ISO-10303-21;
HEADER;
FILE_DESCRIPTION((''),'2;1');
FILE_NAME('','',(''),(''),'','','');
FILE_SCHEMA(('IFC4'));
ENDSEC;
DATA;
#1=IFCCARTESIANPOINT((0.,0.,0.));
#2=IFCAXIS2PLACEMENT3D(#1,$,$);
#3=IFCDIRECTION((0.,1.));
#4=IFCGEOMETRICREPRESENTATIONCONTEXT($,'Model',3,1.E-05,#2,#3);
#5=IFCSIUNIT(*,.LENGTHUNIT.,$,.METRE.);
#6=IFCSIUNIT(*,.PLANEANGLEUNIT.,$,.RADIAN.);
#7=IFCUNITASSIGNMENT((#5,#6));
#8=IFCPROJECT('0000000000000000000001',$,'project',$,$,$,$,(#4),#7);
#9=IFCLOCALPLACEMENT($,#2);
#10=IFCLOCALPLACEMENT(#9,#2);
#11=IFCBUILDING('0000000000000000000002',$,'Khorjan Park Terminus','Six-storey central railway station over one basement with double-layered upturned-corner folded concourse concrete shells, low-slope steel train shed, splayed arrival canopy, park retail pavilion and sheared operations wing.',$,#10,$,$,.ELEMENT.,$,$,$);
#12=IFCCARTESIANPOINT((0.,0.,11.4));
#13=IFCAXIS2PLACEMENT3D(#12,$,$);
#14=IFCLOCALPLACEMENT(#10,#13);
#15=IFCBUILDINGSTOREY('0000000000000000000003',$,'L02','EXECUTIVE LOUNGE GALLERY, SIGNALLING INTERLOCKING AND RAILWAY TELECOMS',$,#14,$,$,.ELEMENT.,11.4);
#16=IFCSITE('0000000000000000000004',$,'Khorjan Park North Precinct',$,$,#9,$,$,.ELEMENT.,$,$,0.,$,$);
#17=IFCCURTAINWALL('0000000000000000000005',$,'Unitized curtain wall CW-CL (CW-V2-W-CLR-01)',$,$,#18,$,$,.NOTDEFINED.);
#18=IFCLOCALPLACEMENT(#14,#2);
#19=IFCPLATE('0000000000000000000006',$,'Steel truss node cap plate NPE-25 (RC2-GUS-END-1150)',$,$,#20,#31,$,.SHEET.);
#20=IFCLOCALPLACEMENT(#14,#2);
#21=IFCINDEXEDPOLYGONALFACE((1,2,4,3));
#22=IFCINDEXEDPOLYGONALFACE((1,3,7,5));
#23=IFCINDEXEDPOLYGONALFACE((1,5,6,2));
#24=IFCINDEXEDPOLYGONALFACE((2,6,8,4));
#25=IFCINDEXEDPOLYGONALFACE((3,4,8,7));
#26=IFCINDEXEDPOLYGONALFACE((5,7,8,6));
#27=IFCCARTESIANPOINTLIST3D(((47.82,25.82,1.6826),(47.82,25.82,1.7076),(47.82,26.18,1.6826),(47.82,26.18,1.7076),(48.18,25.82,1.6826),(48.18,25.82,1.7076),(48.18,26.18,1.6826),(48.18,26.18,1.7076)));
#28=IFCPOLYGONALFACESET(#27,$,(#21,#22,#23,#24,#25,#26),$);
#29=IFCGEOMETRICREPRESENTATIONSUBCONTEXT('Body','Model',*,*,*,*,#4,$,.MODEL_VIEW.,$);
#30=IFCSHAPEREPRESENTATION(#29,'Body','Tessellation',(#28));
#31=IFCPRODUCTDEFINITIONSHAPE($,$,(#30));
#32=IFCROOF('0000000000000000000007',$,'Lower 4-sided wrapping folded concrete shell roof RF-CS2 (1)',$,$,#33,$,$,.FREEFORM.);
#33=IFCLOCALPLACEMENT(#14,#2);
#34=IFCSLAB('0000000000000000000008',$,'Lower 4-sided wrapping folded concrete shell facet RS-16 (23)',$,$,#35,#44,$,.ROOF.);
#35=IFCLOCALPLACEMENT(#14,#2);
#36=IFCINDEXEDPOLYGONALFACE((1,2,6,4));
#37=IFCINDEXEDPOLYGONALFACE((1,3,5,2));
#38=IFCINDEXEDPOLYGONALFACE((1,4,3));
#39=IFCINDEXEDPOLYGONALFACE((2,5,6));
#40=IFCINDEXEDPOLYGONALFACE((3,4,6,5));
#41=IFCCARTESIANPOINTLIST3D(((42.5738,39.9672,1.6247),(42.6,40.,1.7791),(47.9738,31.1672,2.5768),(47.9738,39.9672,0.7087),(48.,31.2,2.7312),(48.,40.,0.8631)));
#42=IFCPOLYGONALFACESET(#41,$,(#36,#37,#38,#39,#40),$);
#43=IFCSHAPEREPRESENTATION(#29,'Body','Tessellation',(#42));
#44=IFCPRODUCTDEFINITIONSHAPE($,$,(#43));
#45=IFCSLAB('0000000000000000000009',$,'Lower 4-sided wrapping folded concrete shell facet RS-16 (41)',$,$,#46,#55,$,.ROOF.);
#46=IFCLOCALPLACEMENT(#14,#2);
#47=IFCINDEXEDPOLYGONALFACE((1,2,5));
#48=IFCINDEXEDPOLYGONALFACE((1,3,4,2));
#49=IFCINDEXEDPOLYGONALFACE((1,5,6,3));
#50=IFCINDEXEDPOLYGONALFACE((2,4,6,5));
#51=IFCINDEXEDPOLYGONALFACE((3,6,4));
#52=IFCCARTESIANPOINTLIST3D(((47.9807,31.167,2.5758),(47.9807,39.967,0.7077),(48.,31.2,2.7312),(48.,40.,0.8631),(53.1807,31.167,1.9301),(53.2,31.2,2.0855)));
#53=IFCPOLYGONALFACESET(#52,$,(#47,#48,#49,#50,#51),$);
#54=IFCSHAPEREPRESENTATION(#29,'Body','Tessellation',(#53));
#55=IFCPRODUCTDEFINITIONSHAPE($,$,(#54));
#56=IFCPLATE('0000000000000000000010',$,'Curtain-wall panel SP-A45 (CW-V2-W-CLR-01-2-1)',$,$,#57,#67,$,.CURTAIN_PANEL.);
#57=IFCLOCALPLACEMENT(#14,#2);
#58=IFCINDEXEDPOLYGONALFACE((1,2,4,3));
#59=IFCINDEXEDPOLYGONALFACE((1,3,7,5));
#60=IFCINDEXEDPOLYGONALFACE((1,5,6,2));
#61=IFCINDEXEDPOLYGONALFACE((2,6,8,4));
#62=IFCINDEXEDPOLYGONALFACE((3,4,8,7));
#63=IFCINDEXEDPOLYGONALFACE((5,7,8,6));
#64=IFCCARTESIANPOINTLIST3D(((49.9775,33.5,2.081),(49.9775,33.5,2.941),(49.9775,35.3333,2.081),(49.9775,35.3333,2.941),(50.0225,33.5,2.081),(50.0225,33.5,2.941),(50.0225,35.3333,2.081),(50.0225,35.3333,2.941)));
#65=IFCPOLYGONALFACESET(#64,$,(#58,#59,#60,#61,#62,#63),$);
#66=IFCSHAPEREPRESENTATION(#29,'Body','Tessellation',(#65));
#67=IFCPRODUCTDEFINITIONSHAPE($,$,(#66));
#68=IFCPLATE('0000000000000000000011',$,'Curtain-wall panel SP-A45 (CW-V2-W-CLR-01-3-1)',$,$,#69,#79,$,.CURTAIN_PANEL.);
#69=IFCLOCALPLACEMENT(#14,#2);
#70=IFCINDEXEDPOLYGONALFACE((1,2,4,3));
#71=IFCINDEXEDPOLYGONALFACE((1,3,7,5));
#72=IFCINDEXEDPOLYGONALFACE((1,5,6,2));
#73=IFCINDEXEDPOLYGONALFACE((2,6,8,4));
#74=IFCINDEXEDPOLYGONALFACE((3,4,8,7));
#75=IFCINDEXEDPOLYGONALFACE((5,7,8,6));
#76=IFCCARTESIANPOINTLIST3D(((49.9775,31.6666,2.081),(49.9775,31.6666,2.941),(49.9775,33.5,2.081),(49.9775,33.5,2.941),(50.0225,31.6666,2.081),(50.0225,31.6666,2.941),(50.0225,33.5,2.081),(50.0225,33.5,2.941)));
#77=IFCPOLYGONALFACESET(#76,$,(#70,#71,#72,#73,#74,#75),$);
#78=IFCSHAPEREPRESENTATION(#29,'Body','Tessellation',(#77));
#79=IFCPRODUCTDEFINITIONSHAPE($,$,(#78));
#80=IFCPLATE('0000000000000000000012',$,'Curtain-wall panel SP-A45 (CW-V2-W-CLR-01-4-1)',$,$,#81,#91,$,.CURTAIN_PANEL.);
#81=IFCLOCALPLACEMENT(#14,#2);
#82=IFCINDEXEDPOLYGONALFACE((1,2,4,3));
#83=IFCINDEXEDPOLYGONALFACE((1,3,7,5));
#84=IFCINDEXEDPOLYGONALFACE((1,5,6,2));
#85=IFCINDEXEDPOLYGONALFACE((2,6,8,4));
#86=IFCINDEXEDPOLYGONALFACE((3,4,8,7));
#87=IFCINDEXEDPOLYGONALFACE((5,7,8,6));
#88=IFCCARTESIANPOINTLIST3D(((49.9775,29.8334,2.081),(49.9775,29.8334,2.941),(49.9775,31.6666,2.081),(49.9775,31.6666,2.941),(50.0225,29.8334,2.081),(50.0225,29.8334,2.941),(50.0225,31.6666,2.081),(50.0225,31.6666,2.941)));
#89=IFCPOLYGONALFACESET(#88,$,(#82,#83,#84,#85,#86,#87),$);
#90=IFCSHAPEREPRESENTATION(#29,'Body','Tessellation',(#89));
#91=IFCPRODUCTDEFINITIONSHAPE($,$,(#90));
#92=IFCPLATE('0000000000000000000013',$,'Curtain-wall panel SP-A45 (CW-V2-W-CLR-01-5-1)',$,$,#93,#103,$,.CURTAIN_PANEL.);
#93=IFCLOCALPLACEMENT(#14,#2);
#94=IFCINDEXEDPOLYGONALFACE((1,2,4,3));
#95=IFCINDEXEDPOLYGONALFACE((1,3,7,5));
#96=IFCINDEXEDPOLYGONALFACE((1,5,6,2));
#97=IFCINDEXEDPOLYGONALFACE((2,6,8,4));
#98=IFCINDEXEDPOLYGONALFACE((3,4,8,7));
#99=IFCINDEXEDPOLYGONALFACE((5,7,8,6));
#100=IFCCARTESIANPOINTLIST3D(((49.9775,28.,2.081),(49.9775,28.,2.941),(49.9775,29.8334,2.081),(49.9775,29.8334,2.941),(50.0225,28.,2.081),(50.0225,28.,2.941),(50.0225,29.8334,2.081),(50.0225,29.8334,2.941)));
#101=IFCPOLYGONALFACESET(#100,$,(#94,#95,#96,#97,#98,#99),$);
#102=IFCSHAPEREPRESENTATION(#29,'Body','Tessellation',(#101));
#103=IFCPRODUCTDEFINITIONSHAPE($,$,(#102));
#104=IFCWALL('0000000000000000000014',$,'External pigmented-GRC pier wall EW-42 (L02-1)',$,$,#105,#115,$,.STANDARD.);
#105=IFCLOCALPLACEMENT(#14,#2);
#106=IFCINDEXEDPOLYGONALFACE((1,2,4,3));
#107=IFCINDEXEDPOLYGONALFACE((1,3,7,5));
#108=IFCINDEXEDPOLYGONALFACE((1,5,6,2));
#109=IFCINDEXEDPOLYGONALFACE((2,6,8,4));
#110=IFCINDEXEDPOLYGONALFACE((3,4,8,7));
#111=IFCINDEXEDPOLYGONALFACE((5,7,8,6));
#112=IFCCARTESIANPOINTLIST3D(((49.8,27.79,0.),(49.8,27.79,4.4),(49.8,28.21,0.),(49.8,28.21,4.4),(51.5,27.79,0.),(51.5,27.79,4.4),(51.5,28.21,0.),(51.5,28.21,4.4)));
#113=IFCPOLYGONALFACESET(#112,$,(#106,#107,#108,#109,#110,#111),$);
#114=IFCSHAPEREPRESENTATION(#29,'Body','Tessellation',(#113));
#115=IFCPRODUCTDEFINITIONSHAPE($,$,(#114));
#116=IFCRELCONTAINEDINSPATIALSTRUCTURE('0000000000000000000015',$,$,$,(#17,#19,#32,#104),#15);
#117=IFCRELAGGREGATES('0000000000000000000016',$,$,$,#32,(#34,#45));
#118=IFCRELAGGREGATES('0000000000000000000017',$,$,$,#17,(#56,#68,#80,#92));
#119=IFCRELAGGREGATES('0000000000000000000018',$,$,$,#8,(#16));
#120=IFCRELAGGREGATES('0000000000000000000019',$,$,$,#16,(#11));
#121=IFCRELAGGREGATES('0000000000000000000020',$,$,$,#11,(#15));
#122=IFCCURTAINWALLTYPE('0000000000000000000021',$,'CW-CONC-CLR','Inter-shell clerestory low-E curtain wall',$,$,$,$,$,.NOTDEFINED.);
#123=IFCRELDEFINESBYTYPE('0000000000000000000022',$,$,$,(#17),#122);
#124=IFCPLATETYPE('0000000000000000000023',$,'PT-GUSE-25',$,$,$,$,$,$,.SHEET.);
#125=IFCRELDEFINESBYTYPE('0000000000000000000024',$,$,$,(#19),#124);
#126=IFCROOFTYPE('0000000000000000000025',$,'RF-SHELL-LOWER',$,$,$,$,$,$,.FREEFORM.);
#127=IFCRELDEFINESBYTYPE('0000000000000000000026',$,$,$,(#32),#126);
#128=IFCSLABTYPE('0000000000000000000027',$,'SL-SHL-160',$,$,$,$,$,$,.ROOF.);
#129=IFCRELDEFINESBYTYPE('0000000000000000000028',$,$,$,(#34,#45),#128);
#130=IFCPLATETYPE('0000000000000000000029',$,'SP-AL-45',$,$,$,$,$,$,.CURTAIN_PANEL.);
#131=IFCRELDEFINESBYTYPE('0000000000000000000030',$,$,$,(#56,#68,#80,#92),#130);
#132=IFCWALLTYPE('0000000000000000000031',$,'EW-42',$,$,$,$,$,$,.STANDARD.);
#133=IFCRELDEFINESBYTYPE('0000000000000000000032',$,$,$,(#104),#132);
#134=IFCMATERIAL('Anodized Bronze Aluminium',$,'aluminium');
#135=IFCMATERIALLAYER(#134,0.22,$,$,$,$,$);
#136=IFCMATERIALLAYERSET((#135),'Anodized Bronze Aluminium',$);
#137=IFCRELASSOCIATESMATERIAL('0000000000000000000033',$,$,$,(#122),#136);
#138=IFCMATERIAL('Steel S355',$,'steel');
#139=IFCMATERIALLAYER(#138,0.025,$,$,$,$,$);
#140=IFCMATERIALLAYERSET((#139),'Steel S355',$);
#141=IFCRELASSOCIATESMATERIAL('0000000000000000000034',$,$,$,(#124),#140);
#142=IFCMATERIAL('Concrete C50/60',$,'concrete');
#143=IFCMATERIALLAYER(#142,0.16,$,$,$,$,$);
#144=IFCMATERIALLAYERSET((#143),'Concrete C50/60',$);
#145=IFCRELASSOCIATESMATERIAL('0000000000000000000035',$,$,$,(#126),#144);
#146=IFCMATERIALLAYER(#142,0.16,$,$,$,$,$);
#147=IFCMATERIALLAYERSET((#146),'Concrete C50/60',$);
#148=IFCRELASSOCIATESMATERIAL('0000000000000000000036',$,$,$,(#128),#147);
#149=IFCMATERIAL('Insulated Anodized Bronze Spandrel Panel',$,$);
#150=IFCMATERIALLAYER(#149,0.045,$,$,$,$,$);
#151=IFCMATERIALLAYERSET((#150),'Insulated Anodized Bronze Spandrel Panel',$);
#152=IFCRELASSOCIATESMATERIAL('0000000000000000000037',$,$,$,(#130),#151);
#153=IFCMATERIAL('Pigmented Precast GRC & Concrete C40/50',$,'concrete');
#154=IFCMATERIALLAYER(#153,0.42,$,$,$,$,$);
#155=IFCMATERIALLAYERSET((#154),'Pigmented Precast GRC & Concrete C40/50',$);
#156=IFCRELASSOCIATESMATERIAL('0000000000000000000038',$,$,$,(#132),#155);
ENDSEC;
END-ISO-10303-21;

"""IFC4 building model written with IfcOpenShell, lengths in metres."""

from ifc_helpers import new_model, si_unit, direction, frame, frame_2d, origin, origin_2d, place, context, subcontext, project, spatial, polyline, rectangle, outline, extrude, material, layer, layer_set, type_object, element, aggregate, save


model = new_model("IFC4")

# Units and contexts
model_context = context("Model", 3, precision=1e-05, world=origin(), true_north=direction((0.0, 1.0)))
body_context = subcontext(model_context, "Body", "Model", "MODEL_VIEW")
ifc_project = project(units=[si_unit("LENGTHUNIT", "METRE"), si_unit("PLANEANGLEUNIT", "RADIAN")], contexts=[model_context])

# Site, building, storey
site_placement = place(None, origin())
site = spatial("IfcSite", under=ifc_project, at=site_placement, Name="Khorjan Park North Precinct", CompositionType="ELEMENT", RefElevation=0.0)
building_placement = place(site_placement, origin())
building = spatial("IfcBuilding", under=site, at=building_placement, Name="Khorjan Park Terminus", Description="Six-storey central railway station over one basement with double-layered upturned-corner folded concourse concrete shells, low-slope steel train shed, splayed arrival canopy, park retail pavilion and sheared operations wing.", CompositionType="ELEMENT")
storey_placement = place(building_placement, frame((0.0, 0.0, 11.4)))
storey = spatial("IfcBuildingStorey", under=building, at=storey_placement, Name="L02", Description="EXECUTIVE LOUNGE GALLERY, SIGNALLING INTERLOCKING AND RAILWAY TELECOMS", CompositionType="ELEMENT", Elevation=11.4)

# Shared definitions
ifc_material_1 = material(Name="Steel S355", Category="steel")

# Curtain wall
ifc_material_2 = material(Name="Anodized Bronze Aluminium", Category="aluminium")
ifc_layer_1 = layer(ifc_material_2, 0.22)
ifc_layer_set_1 = layer_set([ifc_layer_1], Name="Anodized Bronze Aluminium")
curtain_wall_type = type_object("IfcCurtainWallType", Name="CW-CONC-CLR", Description="Inter-shell clerestory low-E curtain wall", PredefinedType="NOTDEFINED", material=ifc_layer_set_1)
curtain_wall_placement = place(storey_placement, origin())
curtain_wall = element("IfcCurtainWall", 1, at=curtain_wall_placement, inside=storey, type_object=curtain_wall_type, Name="Unitized curtain wall CW-CL (CW-V2-W-CLR-01)", PredefinedType="NOTDEFINED")

# Shared definitions
ifc_material_3 = material(Name="Concrete C50/60", Category="concrete")

# Plate
ifc_layer_2 = layer(ifc_material_1, 0.025)
ifc_layer_set_2 = layer_set([ifc_layer_2], Name="Steel S355")
plate_type_1 = type_object("IfcPlateType", Name="PT-GUSE-25", PredefinedType="SHEET", material=ifc_layer_set_2)
plate_1_placement = place(storey_placement, frame((48.0, 26.0, 1.6826), z_axis=(0.0, 0.0, 1.0), x_axis=(1.0, 0.0, 0.0)))
element("IfcPlate", 2, at=plate_1_placement, inside=storey, type_object=plate_type_1, Name="Steel truss node cap plate NPE-25 (RC2-GUS-END-1150)", PredefinedType="SHEET", context=body_context, shape_type="SweptSolid", body=[
    extrude(rectangle(XDim=0.36, YDim=0.36, at=origin_2d()), origin(), (0.0, 0.0, 1.0), 0.025),
])

# Roof, slabs
ifc_layer_3 = layer(ifc_material_3, 0.16)
ifc_layer_set_3 = layer_set([ifc_layer_3], Name="Concrete C50/60")
roof_type = type_object("IfcRoofType", Name="RF-SHELL-LOWER", PredefinedType="FREEFORM", material=ifc_layer_set_3)
roof_placement = place(storey_placement, origin())
roof = element("IfcRoof", 3, at=roof_placement, inside=storey, type_object=roof_type, Name="Lower 4-sided wrapping folded concrete shell roof RF-CS2 (1)", PredefinedType="FREEFORM")
ifc_layer_4 = layer(ifc_material_3, 0.16)
ifc_layer_set_4 = layer_set([ifc_layer_4], Name="Concrete C50/60")
slab_type = type_object("IfcSlabType", Name="SL-SHL-160", PredefinedType="ROOF", material=ifc_layer_set_4)
slab_1_placement = place(storey_placement, frame((48.0, 31.2, 2.7312), z_axis=(0.163694, 0.204856, 0.965007), x_axis=(0.0, 0.978202, -0.207657)))
slab_1 = element("IfcSlab", 4, at=slab_1_placement, type_object=slab_type, Name="Lower 4-sided wrapping folded concrete shell facet RS-16 (23)", PredefinedType="ROOF", context=body_context, shape_type="SweptSolid", body=[
    extrude(outline(polyline([(0.0, 0.0), (8.9961, 0.0), (8.8059, 5.4738), (0.0, 0.0)])), origin(), (0.0, 0.0, -1.0), 0.16),
])
slab_2_placement = place(storey_placement, frame((48.0, 31.2, 2.7312), z_axis=(0.12058, 0.206142, 0.971064), x_axis=(0.992379, 0.0, -0.123227)))
slab_2 = element("IfcSlab", 5, at=slab_2_placement, type_object=slab_type, Name="Lower 4-sided wrapping folded concrete shell facet RS-16 (41)", PredefinedType="ROOF", context=body_context, shape_type="SweptSolid", body=[
    extrude(outline(polyline([(0.0, 0.0), (5.2399, 0.0), (0.2302, 8.9932), (0.0, 0.0)])), origin(), (0.0, 0.0, -1.0), 0.16),
])
aggregate(roof, [slab_1, slab_2])

# Plates
ifc_material_4 = material(Name="Insulated Anodized Bronze Spandrel Panel")
ifc_layer_5 = layer(ifc_material_4, 0.045)
ifc_layer_set_5 = layer_set([ifc_layer_5], Name="Insulated Anodized Bronze Spandrel Panel")
plate_type_2 = type_object("IfcPlateType", Name="SP-AL-45", PredefinedType="CURTAIN_PANEL", material=ifc_layer_set_5)
plate_2_placement = place(storey_placement, frame((50.0, 34.4167, 2.081), z_axis=(0.0, 0.0, 1.0), x_axis=(0.0, -1.0, 0.0)))
plate_2 = element("IfcPlate", 6, at=plate_2_placement, type_object=plate_type_2, Name="Curtain-wall panel SP-A45 (CW-V2-W-CLR-01-2-1)", PredefinedType="CURTAIN_PANEL", context=body_context, shape_type="SweptSolid", body=[
    extrude(rectangle(XDim=1.8333, YDim=0.045, at=origin_2d()), origin(), (0.0, 0.0, 1.0), 0.86),
])
plate_3_placement = place(storey_placement, frame((50.0, 32.5833, 2.081), z_axis=(0.0, 0.0, 1.0), x_axis=(0.0, -1.0, 0.0)))
plate_3 = element("IfcPlate", 7, at=plate_3_placement, type_object=plate_type_2, Name="Curtain-wall panel SP-A45 (CW-V2-W-CLR-01-3-1)", PredefinedType="CURTAIN_PANEL", context=body_context, shape_type="SweptSolid", body=[
    extrude(rectangle(XDim=1.8333, YDim=0.045, at=origin_2d()), origin(), (0.0, 0.0, 1.0), 0.86),
])
plate_4_placement = place(storey_placement, frame((50.0, 30.75, 2.081), z_axis=(0.0, 0.0, 1.0), x_axis=(0.0, -1.0, 0.0)))
plate_4 = element("IfcPlate", 8, at=plate_4_placement, type_object=plate_type_2, Name="Curtain-wall panel SP-A45 (CW-V2-W-CLR-01-4-1)", PredefinedType="CURTAIN_PANEL", context=body_context, shape_type="SweptSolid", body=[
    extrude(rectangle(XDim=1.8333, YDim=0.045, at=origin_2d()), origin(), (0.0, 0.0, 1.0), 0.86),
])
plate_5_placement = place(storey_placement, frame((50.0, 28.9167, 2.081), z_axis=(0.0, 0.0, 1.0), x_axis=(0.0, -1.0, 0.0)))
plate_5 = element("IfcPlate", 9, at=plate_5_placement, type_object=plate_type_2, Name="Curtain-wall panel SP-A45 (CW-V2-W-CLR-01-5-1)", PredefinedType="CURTAIN_PANEL", context=body_context, shape_type="SweptSolid", body=[
    extrude(rectangle(XDim=1.8333, YDim=0.045, at=origin_2d()), origin(), (0.0, 0.0, 1.0), 0.86),
])
aggregate(curtain_wall, [plate_2, plate_3, plate_4, plate_5])

# Wall
ifc_material_5 = material(Name="Pigmented Precast GRC & Concrete C40/50", Category="concrete")
ifc_layer_6 = layer(ifc_material_5, 0.42)
ifc_layer_set_6 = layer_set([ifc_layer_6], Name="Pigmented Precast GRC & Concrete C40/50")
wall_type = type_object("IfcWallType", Name="EW-42", PredefinedType="STANDARD", material=ifc_layer_set_6)
wall_placement = place(storey_placement, frame((49.8, 28.0, 0.0), z_axis=(0.0, 0.0, 1.0), x_axis=(1.0, 0.0, 0.0)))
element("IfcWall", 10, at=wall_placement, inside=storey, type_object=wall_type, Name="External pigmented-GRC pier wall EW-42 (L02-1)", PredefinedType="STANDARD", context=body_context, shape_type="SweptSolid", body=[
    extrude(rectangle(XDim=1.7, YDim=0.42, at=frame_2d((0.85, 0.0))), origin(), (0.0, 0.0, 1.0), 4.4),
])

save(model, "model.ifc")
